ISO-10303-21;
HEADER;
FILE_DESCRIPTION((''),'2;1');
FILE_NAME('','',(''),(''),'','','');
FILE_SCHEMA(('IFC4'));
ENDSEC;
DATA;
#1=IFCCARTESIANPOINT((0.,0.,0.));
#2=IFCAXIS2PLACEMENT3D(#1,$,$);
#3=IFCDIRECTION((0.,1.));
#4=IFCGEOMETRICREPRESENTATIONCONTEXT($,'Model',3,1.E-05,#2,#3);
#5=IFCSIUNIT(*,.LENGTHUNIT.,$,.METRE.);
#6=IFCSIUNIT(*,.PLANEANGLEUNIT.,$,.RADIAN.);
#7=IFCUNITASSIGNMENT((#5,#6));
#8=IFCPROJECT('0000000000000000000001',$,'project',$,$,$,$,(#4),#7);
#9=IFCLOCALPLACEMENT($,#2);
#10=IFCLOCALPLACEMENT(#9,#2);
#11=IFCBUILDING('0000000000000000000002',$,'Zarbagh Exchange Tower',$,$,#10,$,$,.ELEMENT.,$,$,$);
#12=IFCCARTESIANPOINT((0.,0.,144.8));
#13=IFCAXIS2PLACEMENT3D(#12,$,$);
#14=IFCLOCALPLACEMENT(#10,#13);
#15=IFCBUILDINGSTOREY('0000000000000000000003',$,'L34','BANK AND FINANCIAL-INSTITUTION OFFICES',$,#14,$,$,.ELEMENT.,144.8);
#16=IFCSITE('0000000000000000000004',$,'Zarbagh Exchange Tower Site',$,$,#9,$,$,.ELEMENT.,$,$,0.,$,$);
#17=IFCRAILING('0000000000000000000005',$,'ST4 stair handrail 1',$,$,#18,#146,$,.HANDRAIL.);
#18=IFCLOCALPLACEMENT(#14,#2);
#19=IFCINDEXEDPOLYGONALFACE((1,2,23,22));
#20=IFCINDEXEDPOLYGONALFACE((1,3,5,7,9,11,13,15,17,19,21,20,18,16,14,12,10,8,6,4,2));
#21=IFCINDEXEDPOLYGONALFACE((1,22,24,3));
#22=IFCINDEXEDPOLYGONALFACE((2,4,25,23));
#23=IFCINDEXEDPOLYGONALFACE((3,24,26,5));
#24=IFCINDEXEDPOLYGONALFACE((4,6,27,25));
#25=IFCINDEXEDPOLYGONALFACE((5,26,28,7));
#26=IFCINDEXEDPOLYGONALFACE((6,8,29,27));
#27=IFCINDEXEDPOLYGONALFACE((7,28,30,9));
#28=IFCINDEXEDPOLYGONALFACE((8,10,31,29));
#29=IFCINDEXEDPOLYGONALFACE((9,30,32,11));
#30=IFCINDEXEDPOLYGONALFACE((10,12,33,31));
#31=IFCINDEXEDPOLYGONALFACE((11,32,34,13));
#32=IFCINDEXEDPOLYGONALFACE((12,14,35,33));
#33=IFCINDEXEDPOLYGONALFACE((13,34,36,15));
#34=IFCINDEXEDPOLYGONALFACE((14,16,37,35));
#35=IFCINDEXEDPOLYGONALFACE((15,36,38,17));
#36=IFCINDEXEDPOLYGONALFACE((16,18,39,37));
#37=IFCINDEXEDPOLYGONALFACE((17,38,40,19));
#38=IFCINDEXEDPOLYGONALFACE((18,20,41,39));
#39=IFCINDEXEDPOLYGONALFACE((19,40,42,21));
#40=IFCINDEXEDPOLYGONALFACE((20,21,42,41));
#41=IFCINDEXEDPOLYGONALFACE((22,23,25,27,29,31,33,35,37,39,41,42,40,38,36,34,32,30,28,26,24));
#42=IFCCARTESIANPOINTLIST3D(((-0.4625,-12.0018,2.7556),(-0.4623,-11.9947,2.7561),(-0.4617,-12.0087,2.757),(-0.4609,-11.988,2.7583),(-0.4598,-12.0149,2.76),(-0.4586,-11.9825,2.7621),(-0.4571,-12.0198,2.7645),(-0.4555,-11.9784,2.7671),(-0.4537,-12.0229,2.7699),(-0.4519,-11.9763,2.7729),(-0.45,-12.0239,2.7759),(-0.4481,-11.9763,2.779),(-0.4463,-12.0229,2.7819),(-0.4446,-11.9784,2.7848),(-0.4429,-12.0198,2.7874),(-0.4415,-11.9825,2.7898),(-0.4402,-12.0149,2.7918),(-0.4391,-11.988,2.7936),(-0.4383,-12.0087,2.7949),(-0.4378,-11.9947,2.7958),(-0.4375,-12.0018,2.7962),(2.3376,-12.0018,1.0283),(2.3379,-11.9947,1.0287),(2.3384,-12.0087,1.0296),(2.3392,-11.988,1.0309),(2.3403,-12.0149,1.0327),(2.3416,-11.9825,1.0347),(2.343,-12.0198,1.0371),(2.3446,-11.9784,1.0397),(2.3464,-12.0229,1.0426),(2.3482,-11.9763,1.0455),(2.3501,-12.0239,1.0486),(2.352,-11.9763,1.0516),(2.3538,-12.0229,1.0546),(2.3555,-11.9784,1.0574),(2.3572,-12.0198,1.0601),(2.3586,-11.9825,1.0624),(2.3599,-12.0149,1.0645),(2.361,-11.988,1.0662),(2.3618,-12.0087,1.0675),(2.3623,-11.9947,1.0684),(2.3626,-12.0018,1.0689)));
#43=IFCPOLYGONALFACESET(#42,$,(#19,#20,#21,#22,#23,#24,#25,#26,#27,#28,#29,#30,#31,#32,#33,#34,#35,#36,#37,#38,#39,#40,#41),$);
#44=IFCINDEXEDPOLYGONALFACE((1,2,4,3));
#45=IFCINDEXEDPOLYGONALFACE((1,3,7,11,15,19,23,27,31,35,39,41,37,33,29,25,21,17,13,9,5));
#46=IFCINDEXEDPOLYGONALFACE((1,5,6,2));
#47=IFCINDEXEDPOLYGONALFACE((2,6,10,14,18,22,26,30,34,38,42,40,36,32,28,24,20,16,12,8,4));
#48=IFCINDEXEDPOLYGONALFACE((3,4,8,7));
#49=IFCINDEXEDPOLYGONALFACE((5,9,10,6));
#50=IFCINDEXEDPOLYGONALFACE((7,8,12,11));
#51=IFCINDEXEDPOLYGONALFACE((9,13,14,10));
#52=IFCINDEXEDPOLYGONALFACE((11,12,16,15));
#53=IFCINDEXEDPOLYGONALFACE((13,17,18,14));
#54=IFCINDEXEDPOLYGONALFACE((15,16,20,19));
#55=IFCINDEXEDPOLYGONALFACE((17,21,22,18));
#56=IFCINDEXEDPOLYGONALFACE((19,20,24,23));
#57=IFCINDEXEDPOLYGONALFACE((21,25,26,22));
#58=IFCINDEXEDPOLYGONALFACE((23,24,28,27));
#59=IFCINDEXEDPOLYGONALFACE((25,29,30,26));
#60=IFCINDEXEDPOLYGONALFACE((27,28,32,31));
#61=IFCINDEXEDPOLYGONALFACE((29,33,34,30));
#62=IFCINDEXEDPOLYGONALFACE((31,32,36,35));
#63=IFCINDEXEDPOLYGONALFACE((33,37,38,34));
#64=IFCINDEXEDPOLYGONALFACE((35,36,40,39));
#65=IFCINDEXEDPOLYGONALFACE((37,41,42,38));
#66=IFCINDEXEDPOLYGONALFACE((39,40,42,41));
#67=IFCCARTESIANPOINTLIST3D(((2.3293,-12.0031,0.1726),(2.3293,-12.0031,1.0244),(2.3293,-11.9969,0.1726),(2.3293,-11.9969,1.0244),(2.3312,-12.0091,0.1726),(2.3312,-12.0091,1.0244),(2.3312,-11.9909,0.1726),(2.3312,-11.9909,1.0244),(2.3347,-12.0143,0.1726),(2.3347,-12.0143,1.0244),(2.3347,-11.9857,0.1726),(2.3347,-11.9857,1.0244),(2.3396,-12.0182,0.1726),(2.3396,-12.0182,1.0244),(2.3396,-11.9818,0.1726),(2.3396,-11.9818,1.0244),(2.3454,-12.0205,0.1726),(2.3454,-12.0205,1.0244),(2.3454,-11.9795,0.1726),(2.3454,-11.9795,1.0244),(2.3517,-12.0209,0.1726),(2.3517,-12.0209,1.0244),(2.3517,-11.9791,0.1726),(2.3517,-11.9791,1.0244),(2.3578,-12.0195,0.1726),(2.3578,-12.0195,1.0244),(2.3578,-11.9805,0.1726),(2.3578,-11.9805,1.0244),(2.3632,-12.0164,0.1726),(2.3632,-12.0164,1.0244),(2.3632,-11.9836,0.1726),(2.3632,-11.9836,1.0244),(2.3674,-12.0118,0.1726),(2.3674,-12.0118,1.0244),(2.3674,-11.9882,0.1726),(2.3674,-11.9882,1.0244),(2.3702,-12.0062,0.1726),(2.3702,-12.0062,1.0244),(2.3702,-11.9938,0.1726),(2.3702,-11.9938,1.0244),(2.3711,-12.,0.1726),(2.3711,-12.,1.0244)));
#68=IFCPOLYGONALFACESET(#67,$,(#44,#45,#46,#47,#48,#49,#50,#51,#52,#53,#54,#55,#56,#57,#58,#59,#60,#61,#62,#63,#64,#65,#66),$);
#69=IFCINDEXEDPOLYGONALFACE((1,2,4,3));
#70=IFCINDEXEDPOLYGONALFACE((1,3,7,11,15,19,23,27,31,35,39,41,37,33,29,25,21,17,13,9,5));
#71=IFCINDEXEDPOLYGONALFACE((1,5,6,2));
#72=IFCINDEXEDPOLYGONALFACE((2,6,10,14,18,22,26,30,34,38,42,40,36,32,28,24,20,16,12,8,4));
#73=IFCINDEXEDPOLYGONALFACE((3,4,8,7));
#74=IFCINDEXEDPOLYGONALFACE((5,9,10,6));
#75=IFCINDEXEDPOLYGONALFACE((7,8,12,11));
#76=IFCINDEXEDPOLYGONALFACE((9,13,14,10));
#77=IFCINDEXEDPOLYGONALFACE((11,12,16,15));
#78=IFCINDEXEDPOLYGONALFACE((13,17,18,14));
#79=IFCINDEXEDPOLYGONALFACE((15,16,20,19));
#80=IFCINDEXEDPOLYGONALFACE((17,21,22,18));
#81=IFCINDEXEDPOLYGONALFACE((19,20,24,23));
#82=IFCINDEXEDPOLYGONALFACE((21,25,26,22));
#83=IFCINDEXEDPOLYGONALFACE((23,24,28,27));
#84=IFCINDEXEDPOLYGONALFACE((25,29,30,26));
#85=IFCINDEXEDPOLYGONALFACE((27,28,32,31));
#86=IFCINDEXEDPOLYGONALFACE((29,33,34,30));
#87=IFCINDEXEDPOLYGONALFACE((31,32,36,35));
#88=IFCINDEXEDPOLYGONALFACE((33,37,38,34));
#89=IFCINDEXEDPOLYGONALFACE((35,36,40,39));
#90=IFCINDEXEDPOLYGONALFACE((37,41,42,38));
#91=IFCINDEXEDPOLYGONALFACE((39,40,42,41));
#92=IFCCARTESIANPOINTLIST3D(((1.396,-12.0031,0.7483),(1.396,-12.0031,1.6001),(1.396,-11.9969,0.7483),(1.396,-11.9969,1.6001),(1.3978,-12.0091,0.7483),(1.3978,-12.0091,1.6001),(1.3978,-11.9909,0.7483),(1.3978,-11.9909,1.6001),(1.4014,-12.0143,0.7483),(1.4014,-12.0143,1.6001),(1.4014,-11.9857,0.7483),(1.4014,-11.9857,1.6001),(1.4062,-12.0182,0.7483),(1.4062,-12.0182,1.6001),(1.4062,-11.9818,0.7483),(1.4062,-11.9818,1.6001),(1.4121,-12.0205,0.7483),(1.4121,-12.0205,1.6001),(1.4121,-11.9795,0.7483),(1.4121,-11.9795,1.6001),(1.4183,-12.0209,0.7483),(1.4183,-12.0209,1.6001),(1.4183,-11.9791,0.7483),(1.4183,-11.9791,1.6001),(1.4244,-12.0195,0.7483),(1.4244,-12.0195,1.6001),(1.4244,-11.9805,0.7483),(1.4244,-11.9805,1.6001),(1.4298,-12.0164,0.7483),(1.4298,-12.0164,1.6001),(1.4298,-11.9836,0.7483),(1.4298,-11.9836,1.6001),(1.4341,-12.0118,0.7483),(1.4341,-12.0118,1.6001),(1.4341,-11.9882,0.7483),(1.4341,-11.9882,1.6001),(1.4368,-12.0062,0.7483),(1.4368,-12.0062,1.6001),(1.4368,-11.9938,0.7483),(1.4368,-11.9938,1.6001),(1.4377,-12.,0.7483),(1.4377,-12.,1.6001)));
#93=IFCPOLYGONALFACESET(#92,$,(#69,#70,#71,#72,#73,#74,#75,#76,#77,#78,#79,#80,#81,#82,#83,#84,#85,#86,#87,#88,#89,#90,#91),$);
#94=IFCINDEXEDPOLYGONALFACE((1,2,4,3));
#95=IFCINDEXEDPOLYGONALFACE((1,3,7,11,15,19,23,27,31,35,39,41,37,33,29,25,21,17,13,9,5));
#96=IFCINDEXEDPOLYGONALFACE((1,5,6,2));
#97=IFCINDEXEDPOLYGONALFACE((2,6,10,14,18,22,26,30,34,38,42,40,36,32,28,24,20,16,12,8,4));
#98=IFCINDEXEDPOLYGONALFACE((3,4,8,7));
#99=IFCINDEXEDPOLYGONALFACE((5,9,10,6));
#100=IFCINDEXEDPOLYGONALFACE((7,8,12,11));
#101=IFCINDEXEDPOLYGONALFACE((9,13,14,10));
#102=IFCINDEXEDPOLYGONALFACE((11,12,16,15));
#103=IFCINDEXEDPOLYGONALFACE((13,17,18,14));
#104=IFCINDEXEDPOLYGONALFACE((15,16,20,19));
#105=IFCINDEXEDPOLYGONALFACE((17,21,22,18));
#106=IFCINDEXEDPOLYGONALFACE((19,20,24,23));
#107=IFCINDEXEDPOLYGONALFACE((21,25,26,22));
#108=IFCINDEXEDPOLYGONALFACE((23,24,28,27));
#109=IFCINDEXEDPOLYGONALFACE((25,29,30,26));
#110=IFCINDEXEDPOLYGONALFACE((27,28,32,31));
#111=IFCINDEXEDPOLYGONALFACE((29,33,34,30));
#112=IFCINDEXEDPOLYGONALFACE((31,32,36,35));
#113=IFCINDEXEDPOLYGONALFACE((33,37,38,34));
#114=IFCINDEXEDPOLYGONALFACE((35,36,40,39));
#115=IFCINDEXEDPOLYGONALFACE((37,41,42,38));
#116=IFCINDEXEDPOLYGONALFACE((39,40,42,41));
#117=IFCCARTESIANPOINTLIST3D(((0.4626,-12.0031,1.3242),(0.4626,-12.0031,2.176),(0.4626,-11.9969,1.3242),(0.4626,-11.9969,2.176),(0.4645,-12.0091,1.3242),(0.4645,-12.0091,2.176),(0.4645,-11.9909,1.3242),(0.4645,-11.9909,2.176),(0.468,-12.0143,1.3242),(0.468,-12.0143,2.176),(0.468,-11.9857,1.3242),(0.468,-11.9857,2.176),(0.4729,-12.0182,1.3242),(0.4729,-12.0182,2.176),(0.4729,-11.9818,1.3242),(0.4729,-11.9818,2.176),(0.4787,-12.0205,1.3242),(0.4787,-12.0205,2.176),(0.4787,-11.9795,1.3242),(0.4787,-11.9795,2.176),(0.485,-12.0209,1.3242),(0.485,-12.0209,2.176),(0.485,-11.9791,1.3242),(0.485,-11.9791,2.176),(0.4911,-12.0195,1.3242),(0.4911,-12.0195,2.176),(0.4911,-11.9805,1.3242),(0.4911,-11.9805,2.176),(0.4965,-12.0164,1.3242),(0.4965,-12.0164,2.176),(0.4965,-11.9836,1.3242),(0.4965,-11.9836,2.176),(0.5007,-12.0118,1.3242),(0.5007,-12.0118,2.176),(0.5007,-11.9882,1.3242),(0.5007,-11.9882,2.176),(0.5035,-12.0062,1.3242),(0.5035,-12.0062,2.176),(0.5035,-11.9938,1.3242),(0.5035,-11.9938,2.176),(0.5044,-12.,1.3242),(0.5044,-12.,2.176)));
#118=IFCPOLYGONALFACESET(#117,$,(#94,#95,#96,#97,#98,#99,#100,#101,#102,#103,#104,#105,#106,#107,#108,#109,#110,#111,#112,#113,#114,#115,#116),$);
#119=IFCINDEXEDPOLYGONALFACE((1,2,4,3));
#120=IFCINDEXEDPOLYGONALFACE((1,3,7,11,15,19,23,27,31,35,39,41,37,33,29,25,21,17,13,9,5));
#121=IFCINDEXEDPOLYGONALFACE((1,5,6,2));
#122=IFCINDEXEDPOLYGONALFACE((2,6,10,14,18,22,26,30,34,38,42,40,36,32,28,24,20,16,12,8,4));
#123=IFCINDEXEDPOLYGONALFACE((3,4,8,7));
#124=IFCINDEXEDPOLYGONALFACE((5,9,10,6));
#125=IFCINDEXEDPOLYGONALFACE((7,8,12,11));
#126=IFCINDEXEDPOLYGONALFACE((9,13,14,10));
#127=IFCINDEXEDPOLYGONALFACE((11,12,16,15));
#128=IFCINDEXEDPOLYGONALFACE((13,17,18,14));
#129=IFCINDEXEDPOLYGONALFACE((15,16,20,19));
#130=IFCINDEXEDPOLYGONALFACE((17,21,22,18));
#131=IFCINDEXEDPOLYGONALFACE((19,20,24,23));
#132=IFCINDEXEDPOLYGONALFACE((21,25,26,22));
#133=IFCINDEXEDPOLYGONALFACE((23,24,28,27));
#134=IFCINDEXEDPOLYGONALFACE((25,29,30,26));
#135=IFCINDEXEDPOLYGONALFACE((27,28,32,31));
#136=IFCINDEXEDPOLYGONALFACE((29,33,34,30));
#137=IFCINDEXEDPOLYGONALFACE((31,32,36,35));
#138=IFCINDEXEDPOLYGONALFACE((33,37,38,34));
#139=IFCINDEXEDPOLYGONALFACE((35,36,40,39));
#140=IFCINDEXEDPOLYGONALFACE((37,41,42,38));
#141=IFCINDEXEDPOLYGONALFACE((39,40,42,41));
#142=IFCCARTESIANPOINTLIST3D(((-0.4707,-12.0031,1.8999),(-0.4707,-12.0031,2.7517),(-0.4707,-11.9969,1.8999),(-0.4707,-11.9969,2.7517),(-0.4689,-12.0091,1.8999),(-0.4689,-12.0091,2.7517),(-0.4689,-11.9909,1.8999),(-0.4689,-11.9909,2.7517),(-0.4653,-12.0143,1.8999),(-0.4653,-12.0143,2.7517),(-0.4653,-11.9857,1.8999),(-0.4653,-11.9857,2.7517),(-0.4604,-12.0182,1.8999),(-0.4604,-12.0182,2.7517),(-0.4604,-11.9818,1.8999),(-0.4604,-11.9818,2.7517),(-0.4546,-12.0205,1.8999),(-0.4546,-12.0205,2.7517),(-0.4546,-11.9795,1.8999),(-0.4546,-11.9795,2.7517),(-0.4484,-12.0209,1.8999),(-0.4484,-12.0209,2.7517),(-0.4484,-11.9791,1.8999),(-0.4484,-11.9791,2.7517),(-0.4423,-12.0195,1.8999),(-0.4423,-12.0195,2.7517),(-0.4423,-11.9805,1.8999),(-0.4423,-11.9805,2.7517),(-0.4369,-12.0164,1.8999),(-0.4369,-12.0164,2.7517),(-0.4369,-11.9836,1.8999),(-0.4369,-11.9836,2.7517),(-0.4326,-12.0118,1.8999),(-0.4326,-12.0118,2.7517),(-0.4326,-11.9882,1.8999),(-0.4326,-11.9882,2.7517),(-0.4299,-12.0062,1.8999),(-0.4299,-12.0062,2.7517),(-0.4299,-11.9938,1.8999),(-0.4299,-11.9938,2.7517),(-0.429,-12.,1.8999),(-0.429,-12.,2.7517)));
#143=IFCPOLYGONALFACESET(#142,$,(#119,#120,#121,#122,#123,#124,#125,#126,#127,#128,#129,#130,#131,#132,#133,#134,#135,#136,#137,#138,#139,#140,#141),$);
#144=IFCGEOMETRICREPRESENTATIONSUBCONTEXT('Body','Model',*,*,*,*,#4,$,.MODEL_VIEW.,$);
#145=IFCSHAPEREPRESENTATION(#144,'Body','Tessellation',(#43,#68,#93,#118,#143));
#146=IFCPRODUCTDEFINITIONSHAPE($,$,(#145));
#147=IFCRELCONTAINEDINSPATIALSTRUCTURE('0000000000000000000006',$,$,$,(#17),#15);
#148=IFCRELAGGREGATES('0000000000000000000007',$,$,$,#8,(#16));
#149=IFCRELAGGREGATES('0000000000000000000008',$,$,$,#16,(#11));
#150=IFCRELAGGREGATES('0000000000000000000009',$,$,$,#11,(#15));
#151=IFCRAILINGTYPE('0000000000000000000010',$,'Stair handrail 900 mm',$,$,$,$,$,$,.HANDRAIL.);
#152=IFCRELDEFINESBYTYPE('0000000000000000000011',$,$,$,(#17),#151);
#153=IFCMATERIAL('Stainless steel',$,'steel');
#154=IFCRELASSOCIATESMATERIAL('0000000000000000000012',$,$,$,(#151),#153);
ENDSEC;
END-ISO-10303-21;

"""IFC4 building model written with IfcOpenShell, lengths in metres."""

from ifc_helpers import new_model, si_unit, direction, frame, origin, origin_2d, place, context, subcontext, project, spatial, circle, extrude, material, type_object, element, save


model = new_model("IFC4")

# Units and contexts
model_context = context("Model", 3, precision=1e-05, world=origin(), true_north=direction((0.0, 1.0)))
body_context = subcontext(model_context, "Body", "Model", "MODEL_VIEW")
ifc_project = project(units=[si_unit("LENGTHUNIT", "METRE"), si_unit("PLANEANGLEUNIT", "RADIAN")], contexts=[model_context])

# Site, building, storey
site_placement = place(None, origin())
site = spatial("IfcSite", under=ifc_project, at=site_placement, Name="Zarbagh Exchange Tower Site", CompositionType="ELEMENT", RefElevation=0.0)
building_placement = place(site_placement, origin())
building = spatial("IfcBuilding", under=site, at=building_placement, Name="Zarbagh Exchange Tower", CompositionType="ELEMENT")
storey_placement = place(building_placement, frame((0.0, 0.0, 144.8)))
storey = spatial("IfcBuildingStorey", under=building, at=storey_placement, Name="L34", Description="BANK AND FINANCIAL-INSTITUTION OFFICES", CompositionType="ELEMENT", Elevation=144.8)

# Shared definitions
ifc_material_1 = material(Name="Stainless steel", Category="steel")

# Railing
railing_type_1 = type_object("IfcRailingType", Name="Stair handrail 900 mm", PredefinedType="HANDRAIL", material=ifc_material_1)
for number, where, name in (
    (1, (2.3501, -12.0, 0.1726), "ST4 stair handrail 1"),
):
    element("IfcRailing", number, at=place(storey_placement, frame(where)), inside=storey, type_object=railing_type_1, Name=name, PredefinedType="HANDRAIL", context=body_context, shape_type="SweptSolid", body=[
        extrude(circle(Radius=0.0239, at=origin_2d()), frame((0.0, 0.0, 0.876), z_axis=(-0.85109, 0.0, 0.52502), x_axis=(0.0, -1.0, 0.0)), (0.0, 0.0, 1.0), 3.29),
        extrude(circle(Radius=0.021, at=origin_2d()), origin(), (0.0, 0.0, 1.0), 0.8518),
        extrude(circle(Radius=0.021, at=origin_2d()), frame((-0.9333, 0.0, 0.5757)), (0.0, 0.0, 1.0), 0.8518),
        extrude(circle(Radius=0.021, at=origin_2d()), frame((-1.8667, 0.0, 1.1516)), (0.0, 0.0, 1.0), 0.8518),
        extrude(circle(Radius=0.021, at=origin_2d()), frame((-2.8, 0.0, 1.7273)), (0.0, 0.0, 1.0), 0.8518),
    ])

save(model, "model.ifc")
